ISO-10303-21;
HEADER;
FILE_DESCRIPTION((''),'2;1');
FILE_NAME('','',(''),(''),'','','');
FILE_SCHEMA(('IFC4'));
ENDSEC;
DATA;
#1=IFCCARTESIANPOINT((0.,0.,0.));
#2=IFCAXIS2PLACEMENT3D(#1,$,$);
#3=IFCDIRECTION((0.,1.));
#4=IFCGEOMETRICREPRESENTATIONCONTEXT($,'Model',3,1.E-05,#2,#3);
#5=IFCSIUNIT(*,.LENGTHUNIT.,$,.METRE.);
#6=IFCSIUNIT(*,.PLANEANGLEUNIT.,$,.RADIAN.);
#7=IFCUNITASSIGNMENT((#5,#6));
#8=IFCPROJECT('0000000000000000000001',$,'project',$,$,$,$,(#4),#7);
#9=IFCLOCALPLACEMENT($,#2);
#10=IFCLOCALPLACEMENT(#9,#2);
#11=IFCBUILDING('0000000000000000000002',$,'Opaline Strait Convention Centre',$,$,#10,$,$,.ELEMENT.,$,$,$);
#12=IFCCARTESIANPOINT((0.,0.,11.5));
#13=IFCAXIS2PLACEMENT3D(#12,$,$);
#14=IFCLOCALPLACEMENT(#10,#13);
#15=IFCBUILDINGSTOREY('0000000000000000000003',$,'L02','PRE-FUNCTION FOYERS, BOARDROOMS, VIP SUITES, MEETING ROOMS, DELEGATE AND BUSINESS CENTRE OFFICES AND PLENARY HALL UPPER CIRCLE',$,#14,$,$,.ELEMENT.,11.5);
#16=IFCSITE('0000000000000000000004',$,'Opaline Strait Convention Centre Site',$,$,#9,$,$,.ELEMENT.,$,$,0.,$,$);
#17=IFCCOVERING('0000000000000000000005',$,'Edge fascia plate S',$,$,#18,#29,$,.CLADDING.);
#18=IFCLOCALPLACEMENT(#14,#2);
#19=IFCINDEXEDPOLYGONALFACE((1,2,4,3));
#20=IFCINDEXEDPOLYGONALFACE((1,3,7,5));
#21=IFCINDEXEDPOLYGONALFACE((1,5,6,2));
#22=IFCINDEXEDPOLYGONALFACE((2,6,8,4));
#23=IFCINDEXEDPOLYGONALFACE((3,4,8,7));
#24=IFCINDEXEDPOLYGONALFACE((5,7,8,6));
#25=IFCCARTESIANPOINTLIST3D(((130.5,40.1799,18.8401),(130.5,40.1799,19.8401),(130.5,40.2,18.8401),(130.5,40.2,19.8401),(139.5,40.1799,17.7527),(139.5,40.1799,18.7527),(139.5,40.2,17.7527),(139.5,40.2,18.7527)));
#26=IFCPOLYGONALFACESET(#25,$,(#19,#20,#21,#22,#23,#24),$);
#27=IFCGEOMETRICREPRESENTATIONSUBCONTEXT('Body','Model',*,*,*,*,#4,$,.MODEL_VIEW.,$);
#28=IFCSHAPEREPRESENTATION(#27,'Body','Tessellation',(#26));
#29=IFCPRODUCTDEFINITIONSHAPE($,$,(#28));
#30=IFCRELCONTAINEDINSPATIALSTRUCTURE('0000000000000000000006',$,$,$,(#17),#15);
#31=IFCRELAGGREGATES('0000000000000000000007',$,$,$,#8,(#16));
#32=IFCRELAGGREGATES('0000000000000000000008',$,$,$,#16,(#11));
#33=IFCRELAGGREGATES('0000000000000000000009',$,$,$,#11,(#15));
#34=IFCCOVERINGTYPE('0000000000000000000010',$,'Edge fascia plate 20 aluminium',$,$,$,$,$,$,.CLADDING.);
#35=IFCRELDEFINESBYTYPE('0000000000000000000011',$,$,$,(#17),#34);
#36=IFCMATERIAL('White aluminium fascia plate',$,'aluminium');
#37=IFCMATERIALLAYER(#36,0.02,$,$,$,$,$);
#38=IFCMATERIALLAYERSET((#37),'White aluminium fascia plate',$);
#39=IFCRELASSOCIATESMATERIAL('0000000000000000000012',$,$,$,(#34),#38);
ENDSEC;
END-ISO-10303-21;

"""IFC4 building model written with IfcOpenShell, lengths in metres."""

from ifc_helpers import new_model, si_unit, direction, frame, origin, place, context, subcontext, project, spatial, polyline, outline, extrude, material, layer, layer_set, type_object, element, save


model = new_model("IFC4")

# Units and contexts
model_context = context("Model", 3, precision=1e-05, world=origin(), true_north=direction((0.0, 1.0)))
body_context = subcontext(model_context, "Body", "Model", "MODEL_VIEW")
ifc_project = project(units=[si_unit("LENGTHUNIT", "METRE"), si_unit("PLANEANGLEUNIT", "RADIAN")], contexts=[model_context])

# Site, building, storey
site_placement = place(None, origin())
site = spatial("IfcSite", under=ifc_project, at=site_placement, Name="Opaline Strait Convention Centre Site", CompositionType="ELEMENT", RefElevation=0.0)
building_placement = place(site_placement, origin())
building = spatial("IfcBuilding", under=site, at=building_placement, Name="Opaline Strait Convention Centre", CompositionType="ELEMENT")
storey_placement = place(building_placement, frame((0.0, 0.0, 11.5)))
storey = spatial("IfcBuildingStorey", under=building, at=storey_placement, Name="L02", Description="PRE-FUNCTION FOYERS, BOARDROOMS, VIP SUITES, MEETING ROOMS, DELEGATE AND BUSINESS CENTRE OFFICES AND PLENARY HALL UPPER CIRCLE", CompositionType="ELEMENT", Elevation=11.5)

# Covering
ifc_material_1 = material(Name="White aluminium fascia plate", Category="aluminium")
ifc_layer_1 = layer(ifc_material_1, 0.02)
ifc_layer_set_1 = layer_set([ifc_layer_1], Name="White aluminium fascia plate")
covering_type = type_object("IfcCoveringType", Name="Edge fascia plate 20 aluminium", PredefinedType="CLADDING", material=ifc_layer_set_1)
covering_placement = place(storey_placement, frame((135.0, 40.2, 18.7964), z_axis=(0.0, -1.0, 0.0), x_axis=(1.0, 0.0, 0.0)))
element("IfcCovering", 1, at=covering_placement, inside=storey, type_object=covering_type, Name="Edge fascia plate S", PredefinedType="CLADDING", context=body_context, shape_type="SweptSolid", body=[
    extrude(outline(polyline([(-4.5, 1.0437), (4.5, -0.0437), (4.5, -1.0437), (-4.5, 0.0437), (-4.5, 1.0437)])), origin(), (0.0, 0.0, 1.0), 0.02),
])

save(model, "model.ifc")
